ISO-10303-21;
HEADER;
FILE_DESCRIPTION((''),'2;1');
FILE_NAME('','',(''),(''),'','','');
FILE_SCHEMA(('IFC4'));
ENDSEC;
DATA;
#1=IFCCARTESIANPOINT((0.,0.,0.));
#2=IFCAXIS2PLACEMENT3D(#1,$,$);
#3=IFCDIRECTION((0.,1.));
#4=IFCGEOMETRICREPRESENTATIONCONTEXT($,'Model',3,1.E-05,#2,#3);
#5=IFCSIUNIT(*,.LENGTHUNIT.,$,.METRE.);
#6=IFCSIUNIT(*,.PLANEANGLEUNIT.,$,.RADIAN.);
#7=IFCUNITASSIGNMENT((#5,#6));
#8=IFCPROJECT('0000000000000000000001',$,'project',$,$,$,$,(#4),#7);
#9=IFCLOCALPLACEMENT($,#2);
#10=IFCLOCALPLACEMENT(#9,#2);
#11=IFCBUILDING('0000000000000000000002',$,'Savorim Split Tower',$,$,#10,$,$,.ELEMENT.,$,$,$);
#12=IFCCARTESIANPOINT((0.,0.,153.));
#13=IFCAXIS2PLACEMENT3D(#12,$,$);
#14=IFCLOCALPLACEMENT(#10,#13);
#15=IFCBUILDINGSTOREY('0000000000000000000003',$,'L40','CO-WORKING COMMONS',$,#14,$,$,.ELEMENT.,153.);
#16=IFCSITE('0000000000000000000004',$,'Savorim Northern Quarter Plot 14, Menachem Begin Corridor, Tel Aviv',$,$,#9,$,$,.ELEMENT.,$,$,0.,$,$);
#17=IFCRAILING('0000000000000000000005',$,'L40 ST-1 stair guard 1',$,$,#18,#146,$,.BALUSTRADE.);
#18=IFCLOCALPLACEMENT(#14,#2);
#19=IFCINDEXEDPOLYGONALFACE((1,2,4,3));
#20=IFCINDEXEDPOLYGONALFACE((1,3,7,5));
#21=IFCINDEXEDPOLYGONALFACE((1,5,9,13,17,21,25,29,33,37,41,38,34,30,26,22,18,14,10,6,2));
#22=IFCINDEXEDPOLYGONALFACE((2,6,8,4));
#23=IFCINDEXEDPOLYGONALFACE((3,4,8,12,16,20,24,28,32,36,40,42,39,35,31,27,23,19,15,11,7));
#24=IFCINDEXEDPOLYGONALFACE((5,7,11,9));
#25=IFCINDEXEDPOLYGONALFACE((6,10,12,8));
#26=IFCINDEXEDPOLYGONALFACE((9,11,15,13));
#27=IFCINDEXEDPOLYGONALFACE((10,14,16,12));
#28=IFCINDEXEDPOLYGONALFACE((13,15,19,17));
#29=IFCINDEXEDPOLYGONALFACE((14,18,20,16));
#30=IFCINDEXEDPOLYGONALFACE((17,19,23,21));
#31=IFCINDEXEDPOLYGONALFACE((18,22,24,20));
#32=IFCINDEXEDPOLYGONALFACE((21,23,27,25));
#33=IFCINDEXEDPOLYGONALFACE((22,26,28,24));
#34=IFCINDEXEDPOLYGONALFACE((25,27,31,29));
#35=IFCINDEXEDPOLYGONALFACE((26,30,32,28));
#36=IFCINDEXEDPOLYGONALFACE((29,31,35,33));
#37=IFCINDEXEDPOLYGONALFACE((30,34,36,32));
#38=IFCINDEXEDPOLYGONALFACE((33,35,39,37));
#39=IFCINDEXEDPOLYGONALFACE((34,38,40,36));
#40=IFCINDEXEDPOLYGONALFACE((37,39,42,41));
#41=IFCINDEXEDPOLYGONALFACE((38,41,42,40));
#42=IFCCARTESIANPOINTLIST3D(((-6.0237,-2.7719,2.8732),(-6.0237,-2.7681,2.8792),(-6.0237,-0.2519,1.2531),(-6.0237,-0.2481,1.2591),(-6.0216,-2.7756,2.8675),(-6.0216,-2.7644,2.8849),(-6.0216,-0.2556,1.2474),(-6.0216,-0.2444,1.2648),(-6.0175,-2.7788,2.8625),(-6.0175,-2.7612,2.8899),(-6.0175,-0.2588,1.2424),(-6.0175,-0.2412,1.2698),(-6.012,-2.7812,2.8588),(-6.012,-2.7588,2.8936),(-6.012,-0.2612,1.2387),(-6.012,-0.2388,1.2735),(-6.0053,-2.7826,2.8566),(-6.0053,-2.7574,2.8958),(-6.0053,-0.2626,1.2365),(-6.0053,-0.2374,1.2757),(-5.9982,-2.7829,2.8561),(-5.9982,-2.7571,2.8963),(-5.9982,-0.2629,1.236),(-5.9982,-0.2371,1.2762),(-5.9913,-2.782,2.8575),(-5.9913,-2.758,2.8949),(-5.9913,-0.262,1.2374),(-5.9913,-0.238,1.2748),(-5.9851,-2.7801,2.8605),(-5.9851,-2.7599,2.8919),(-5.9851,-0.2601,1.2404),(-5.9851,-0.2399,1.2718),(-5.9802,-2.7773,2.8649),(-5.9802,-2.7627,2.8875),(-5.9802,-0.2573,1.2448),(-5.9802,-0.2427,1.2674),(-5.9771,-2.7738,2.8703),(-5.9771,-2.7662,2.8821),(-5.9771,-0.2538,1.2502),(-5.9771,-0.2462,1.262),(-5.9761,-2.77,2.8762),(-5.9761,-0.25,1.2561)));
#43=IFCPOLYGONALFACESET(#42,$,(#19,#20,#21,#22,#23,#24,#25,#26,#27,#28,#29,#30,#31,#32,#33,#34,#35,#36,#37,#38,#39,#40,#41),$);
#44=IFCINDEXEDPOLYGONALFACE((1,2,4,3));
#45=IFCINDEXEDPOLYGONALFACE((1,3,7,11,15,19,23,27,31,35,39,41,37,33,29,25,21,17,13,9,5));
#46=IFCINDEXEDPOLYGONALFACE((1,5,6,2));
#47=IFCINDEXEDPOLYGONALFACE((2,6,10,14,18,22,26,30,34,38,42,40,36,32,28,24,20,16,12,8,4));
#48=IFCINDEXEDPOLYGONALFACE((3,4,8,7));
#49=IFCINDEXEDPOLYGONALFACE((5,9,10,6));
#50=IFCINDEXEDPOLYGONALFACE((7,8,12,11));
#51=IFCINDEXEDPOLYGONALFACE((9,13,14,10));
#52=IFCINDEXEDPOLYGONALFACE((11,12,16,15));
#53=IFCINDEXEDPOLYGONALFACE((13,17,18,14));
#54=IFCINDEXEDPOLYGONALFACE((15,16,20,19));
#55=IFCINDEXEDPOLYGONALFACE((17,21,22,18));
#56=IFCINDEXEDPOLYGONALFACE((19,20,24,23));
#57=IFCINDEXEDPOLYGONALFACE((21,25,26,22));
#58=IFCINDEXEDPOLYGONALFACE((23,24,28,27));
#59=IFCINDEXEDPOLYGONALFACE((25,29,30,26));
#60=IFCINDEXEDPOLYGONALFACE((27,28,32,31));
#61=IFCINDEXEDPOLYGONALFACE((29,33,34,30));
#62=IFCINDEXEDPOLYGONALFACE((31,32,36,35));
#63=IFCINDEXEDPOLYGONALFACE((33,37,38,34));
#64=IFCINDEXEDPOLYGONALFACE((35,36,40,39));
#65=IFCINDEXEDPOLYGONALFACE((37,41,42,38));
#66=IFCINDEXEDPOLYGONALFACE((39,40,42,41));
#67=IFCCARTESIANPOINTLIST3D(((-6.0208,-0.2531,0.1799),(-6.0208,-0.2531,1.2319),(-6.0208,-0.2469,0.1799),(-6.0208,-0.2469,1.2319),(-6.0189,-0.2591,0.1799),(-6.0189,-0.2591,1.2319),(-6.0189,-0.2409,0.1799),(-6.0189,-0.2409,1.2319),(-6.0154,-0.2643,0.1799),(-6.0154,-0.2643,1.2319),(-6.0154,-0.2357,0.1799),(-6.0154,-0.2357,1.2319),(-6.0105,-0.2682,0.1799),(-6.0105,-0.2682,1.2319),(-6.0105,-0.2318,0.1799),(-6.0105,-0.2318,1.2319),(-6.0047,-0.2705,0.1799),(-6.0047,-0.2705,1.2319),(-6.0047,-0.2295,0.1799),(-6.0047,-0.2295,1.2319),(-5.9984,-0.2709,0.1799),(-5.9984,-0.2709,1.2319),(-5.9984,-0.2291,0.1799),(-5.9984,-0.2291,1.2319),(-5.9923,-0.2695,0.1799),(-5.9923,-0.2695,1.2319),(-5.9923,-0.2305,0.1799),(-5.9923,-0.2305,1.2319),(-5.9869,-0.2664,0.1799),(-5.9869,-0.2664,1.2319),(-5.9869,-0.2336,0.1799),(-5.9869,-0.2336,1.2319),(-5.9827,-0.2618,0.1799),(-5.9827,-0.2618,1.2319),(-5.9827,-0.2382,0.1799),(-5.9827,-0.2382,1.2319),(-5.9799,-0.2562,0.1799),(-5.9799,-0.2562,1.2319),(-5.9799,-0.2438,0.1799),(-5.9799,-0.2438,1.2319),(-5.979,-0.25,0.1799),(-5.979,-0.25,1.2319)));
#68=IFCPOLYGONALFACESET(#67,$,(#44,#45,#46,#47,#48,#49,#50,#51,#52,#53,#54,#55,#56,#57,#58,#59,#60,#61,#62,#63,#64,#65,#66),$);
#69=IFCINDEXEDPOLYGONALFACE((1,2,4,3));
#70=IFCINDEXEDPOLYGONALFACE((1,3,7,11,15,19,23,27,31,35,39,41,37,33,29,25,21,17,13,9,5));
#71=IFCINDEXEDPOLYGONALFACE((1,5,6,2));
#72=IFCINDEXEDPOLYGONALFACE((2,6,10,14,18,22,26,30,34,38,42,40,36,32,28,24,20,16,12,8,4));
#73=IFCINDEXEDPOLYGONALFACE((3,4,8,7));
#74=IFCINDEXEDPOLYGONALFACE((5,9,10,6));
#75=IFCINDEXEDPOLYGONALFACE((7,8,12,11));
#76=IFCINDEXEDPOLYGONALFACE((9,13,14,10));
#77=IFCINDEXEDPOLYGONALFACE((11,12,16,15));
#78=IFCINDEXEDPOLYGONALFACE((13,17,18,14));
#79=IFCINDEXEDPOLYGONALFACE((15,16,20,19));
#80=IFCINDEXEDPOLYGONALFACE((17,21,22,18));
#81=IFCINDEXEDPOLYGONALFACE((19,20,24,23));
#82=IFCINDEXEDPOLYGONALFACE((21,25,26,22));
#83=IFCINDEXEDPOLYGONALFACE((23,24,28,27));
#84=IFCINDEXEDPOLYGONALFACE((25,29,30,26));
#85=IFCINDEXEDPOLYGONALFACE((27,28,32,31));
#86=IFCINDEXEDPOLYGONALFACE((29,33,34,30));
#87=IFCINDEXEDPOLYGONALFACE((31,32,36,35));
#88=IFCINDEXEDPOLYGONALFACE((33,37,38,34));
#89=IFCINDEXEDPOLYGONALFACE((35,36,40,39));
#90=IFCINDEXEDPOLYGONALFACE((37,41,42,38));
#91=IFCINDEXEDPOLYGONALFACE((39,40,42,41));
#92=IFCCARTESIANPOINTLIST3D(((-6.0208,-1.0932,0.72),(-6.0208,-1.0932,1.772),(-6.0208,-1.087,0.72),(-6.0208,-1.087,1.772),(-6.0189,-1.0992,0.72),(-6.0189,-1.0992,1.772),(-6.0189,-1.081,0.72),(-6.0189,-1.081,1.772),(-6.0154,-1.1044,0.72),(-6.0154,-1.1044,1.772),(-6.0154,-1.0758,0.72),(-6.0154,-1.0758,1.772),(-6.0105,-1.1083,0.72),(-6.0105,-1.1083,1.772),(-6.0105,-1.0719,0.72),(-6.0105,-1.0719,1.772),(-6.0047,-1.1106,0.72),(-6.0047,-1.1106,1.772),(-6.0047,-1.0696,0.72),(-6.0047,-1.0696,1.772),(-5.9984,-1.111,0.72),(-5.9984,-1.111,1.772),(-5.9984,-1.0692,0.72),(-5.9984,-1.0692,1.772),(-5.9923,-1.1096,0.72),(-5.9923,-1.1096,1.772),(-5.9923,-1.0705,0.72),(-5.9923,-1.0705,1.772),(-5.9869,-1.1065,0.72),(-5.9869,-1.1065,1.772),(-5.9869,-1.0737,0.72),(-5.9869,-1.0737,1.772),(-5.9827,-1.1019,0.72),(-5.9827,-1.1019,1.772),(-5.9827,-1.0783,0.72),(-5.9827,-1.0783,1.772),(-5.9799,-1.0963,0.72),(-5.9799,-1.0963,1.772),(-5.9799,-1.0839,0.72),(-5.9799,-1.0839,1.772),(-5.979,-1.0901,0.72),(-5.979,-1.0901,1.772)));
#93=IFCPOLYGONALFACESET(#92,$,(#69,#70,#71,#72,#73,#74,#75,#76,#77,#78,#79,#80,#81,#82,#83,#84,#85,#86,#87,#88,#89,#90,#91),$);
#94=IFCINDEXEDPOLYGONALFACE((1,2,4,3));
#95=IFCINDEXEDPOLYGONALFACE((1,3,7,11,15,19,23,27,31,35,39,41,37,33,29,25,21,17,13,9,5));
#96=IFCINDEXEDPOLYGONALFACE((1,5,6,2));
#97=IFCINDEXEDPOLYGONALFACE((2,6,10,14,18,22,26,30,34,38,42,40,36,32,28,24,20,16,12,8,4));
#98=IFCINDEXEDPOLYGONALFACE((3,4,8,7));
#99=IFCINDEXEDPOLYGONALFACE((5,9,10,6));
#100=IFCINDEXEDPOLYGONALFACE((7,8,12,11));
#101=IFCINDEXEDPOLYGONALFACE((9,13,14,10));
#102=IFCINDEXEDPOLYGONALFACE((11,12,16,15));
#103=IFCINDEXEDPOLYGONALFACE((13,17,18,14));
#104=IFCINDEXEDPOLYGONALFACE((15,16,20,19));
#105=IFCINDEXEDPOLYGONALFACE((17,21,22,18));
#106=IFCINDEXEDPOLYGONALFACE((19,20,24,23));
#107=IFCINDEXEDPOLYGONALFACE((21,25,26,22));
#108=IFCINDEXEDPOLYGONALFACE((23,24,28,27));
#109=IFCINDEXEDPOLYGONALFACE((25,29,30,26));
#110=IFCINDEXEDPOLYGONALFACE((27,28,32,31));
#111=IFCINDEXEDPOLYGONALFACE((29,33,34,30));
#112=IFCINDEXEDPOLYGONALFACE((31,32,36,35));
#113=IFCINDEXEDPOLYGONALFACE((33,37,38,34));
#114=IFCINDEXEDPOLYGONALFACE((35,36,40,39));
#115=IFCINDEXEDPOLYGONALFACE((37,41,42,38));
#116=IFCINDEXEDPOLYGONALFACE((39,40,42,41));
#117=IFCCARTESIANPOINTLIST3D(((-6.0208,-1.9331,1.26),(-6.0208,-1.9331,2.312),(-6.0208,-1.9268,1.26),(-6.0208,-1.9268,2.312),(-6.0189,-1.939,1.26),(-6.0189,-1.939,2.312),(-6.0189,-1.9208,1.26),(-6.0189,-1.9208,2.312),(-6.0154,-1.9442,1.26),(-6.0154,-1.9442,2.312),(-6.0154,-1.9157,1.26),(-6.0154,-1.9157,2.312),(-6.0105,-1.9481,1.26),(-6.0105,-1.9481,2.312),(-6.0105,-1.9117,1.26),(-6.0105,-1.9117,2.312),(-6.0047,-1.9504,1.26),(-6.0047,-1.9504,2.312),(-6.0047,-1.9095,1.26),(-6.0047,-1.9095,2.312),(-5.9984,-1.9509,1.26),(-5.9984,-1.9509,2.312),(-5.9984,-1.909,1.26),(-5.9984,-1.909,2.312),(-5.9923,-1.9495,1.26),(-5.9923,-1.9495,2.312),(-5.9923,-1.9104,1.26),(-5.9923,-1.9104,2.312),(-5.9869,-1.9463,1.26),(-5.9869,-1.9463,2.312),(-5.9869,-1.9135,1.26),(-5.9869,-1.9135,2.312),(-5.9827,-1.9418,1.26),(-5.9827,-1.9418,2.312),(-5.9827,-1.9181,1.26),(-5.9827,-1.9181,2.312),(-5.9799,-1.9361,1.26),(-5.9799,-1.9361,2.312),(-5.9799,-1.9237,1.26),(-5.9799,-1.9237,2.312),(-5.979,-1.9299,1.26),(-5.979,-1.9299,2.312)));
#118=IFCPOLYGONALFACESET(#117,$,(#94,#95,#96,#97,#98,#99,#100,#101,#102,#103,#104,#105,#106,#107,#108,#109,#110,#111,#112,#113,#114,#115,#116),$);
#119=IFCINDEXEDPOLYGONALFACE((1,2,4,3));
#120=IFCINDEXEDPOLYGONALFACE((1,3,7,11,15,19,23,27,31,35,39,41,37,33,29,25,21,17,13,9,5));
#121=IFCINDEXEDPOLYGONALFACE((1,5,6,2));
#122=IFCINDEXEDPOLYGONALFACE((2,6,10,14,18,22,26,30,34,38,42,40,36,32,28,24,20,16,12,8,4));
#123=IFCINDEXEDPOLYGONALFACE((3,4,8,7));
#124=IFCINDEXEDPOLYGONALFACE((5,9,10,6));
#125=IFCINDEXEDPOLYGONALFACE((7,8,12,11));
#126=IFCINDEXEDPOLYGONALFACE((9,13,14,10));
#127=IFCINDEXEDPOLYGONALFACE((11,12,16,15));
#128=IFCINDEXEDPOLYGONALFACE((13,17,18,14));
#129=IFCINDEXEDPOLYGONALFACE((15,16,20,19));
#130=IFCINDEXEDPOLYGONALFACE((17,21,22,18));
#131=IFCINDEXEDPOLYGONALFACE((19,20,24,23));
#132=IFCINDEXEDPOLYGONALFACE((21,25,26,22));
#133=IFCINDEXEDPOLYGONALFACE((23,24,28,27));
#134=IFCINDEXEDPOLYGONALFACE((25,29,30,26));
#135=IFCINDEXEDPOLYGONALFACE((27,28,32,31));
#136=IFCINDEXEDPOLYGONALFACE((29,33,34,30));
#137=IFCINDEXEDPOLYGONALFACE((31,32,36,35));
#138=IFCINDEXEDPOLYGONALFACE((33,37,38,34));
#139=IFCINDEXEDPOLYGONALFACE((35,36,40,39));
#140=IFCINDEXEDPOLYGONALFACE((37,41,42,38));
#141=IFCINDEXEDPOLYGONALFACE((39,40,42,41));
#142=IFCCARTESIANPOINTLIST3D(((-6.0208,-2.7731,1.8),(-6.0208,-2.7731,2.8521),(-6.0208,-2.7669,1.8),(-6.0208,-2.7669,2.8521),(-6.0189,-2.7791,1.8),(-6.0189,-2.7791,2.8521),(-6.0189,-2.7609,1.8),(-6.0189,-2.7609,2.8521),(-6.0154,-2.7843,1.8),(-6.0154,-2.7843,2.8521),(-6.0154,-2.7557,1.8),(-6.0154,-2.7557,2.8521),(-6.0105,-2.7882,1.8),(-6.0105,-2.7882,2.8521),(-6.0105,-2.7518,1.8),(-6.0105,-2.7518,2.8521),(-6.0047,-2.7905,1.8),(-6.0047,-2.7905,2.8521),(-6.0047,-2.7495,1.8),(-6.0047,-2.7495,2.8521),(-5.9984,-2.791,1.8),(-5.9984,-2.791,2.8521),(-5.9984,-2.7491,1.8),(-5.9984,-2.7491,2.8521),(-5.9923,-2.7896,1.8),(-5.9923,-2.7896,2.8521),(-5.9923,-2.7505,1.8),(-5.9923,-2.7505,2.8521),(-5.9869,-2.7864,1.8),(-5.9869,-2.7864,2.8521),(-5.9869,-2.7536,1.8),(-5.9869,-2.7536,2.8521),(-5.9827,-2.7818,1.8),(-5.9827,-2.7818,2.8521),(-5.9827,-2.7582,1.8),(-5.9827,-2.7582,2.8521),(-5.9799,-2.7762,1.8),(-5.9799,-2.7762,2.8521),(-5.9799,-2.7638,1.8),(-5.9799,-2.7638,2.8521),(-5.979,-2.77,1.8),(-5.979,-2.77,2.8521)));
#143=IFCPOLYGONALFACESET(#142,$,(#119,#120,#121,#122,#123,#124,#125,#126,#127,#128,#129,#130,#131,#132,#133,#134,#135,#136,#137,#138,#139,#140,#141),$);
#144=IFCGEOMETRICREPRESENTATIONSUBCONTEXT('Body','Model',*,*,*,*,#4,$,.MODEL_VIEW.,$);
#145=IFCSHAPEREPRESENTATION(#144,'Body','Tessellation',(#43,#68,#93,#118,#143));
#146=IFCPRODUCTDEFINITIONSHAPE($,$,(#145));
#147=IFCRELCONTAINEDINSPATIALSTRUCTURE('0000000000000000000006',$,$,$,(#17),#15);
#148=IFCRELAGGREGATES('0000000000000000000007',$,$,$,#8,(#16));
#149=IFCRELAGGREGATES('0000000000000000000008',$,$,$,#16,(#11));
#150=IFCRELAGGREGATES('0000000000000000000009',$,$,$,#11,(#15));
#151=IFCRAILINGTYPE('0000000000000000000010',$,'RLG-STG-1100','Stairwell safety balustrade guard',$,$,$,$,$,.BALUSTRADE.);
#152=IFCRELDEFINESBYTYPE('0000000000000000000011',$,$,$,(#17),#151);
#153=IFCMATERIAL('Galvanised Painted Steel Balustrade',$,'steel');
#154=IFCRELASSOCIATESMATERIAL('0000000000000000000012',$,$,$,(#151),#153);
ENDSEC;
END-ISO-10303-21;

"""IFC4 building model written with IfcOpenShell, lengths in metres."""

from ifc_helpers import new_model, si_unit, direction, frame, origin, origin_2d, place, context, subcontext, project, spatial, circle, extrude, material, type_object, element, save


model = new_model("IFC4")

# Units and contexts
model_context = context("Model", 3, precision=1e-05, world=origin(), true_north=direction((0.0, 1.0)))
body_context = subcontext(model_context, "Body", "Model", "MODEL_VIEW")
ifc_project = project(units=[si_unit("LENGTHUNIT", "METRE"), si_unit("PLANEANGLEUNIT", "RADIAN")], contexts=[model_context])

# Site, building, storey
site_placement = place(None, origin())
site = spatial("IfcSite", under=ifc_project, at=site_placement, Name="Savorim Northern Quarter Plot 14, Menachem Begin Corridor, Tel Aviv", CompositionType="ELEMENT", RefElevation=0.0)
building_placement = place(site_placement, origin())
building = spatial("IfcBuilding", under=site, at=building_placement, Name="Savorim Split Tower", CompositionType="ELEMENT")
storey_placement = place(building_placement, frame((0.0, 0.0, 153.0)))
storey = spatial("IfcBuildingStorey", under=building, at=storey_placement, Name="L40", Description="CO-WORKING COMMONS", CompositionType="ELEMENT", Elevation=153.0)

# Railing
ifc_material_1 = material(Name="Galvanised Painted Steel Balustrade", Category="steel")
railing_type_1 = type_object("IfcRailingType", Name="RLG-STG-1100", Description="Stairwell safety balustrade guard", PredefinedType="BALUSTRADE", material=ifc_material_1)
railing_1_placement = place(storey_placement, frame((-6.0, -0.25, 0.1799)))
element("IfcRailing", 1, at=railing_1_placement, inside=storey, type_object=railing_type_1, Name="L40 ST-1 stair guard 1", PredefinedType="BALUSTRADE", context=body_context, shape_type="SweptSolid", body=[
    extrude(circle(Radius=0.0239, at=origin_2d()), frame((0.0, 0.0, 1.0762), z_axis=(0.0, -0.841163, 0.540782), x_axis=(1.0, 0.0, 0.0)), (0.0, 0.0, 1.0), 2.9958),
    extrude(circle(Radius=0.021, at=origin_2d()), origin(), (0.0, 0.0, 1.0), 1.052),
    extrude(circle(Radius=0.021, at=origin_2d()), frame((0.0, -0.8401, 0.54)), (0.0, 0.0, 1.0), 1.052),
    extrude(circle(Radius=0.021, at=origin_2d()), frame((0.0, -1.6799, 1.0801)), (0.0, 0.0, 1.0), 1.052),
    extrude(circle(Radius=0.021, at=origin_2d()), frame((0.0, -2.52, 1.6201)), (0.0, 0.0, 1.0), 1.052),
])

save(model, "model.ifc")
